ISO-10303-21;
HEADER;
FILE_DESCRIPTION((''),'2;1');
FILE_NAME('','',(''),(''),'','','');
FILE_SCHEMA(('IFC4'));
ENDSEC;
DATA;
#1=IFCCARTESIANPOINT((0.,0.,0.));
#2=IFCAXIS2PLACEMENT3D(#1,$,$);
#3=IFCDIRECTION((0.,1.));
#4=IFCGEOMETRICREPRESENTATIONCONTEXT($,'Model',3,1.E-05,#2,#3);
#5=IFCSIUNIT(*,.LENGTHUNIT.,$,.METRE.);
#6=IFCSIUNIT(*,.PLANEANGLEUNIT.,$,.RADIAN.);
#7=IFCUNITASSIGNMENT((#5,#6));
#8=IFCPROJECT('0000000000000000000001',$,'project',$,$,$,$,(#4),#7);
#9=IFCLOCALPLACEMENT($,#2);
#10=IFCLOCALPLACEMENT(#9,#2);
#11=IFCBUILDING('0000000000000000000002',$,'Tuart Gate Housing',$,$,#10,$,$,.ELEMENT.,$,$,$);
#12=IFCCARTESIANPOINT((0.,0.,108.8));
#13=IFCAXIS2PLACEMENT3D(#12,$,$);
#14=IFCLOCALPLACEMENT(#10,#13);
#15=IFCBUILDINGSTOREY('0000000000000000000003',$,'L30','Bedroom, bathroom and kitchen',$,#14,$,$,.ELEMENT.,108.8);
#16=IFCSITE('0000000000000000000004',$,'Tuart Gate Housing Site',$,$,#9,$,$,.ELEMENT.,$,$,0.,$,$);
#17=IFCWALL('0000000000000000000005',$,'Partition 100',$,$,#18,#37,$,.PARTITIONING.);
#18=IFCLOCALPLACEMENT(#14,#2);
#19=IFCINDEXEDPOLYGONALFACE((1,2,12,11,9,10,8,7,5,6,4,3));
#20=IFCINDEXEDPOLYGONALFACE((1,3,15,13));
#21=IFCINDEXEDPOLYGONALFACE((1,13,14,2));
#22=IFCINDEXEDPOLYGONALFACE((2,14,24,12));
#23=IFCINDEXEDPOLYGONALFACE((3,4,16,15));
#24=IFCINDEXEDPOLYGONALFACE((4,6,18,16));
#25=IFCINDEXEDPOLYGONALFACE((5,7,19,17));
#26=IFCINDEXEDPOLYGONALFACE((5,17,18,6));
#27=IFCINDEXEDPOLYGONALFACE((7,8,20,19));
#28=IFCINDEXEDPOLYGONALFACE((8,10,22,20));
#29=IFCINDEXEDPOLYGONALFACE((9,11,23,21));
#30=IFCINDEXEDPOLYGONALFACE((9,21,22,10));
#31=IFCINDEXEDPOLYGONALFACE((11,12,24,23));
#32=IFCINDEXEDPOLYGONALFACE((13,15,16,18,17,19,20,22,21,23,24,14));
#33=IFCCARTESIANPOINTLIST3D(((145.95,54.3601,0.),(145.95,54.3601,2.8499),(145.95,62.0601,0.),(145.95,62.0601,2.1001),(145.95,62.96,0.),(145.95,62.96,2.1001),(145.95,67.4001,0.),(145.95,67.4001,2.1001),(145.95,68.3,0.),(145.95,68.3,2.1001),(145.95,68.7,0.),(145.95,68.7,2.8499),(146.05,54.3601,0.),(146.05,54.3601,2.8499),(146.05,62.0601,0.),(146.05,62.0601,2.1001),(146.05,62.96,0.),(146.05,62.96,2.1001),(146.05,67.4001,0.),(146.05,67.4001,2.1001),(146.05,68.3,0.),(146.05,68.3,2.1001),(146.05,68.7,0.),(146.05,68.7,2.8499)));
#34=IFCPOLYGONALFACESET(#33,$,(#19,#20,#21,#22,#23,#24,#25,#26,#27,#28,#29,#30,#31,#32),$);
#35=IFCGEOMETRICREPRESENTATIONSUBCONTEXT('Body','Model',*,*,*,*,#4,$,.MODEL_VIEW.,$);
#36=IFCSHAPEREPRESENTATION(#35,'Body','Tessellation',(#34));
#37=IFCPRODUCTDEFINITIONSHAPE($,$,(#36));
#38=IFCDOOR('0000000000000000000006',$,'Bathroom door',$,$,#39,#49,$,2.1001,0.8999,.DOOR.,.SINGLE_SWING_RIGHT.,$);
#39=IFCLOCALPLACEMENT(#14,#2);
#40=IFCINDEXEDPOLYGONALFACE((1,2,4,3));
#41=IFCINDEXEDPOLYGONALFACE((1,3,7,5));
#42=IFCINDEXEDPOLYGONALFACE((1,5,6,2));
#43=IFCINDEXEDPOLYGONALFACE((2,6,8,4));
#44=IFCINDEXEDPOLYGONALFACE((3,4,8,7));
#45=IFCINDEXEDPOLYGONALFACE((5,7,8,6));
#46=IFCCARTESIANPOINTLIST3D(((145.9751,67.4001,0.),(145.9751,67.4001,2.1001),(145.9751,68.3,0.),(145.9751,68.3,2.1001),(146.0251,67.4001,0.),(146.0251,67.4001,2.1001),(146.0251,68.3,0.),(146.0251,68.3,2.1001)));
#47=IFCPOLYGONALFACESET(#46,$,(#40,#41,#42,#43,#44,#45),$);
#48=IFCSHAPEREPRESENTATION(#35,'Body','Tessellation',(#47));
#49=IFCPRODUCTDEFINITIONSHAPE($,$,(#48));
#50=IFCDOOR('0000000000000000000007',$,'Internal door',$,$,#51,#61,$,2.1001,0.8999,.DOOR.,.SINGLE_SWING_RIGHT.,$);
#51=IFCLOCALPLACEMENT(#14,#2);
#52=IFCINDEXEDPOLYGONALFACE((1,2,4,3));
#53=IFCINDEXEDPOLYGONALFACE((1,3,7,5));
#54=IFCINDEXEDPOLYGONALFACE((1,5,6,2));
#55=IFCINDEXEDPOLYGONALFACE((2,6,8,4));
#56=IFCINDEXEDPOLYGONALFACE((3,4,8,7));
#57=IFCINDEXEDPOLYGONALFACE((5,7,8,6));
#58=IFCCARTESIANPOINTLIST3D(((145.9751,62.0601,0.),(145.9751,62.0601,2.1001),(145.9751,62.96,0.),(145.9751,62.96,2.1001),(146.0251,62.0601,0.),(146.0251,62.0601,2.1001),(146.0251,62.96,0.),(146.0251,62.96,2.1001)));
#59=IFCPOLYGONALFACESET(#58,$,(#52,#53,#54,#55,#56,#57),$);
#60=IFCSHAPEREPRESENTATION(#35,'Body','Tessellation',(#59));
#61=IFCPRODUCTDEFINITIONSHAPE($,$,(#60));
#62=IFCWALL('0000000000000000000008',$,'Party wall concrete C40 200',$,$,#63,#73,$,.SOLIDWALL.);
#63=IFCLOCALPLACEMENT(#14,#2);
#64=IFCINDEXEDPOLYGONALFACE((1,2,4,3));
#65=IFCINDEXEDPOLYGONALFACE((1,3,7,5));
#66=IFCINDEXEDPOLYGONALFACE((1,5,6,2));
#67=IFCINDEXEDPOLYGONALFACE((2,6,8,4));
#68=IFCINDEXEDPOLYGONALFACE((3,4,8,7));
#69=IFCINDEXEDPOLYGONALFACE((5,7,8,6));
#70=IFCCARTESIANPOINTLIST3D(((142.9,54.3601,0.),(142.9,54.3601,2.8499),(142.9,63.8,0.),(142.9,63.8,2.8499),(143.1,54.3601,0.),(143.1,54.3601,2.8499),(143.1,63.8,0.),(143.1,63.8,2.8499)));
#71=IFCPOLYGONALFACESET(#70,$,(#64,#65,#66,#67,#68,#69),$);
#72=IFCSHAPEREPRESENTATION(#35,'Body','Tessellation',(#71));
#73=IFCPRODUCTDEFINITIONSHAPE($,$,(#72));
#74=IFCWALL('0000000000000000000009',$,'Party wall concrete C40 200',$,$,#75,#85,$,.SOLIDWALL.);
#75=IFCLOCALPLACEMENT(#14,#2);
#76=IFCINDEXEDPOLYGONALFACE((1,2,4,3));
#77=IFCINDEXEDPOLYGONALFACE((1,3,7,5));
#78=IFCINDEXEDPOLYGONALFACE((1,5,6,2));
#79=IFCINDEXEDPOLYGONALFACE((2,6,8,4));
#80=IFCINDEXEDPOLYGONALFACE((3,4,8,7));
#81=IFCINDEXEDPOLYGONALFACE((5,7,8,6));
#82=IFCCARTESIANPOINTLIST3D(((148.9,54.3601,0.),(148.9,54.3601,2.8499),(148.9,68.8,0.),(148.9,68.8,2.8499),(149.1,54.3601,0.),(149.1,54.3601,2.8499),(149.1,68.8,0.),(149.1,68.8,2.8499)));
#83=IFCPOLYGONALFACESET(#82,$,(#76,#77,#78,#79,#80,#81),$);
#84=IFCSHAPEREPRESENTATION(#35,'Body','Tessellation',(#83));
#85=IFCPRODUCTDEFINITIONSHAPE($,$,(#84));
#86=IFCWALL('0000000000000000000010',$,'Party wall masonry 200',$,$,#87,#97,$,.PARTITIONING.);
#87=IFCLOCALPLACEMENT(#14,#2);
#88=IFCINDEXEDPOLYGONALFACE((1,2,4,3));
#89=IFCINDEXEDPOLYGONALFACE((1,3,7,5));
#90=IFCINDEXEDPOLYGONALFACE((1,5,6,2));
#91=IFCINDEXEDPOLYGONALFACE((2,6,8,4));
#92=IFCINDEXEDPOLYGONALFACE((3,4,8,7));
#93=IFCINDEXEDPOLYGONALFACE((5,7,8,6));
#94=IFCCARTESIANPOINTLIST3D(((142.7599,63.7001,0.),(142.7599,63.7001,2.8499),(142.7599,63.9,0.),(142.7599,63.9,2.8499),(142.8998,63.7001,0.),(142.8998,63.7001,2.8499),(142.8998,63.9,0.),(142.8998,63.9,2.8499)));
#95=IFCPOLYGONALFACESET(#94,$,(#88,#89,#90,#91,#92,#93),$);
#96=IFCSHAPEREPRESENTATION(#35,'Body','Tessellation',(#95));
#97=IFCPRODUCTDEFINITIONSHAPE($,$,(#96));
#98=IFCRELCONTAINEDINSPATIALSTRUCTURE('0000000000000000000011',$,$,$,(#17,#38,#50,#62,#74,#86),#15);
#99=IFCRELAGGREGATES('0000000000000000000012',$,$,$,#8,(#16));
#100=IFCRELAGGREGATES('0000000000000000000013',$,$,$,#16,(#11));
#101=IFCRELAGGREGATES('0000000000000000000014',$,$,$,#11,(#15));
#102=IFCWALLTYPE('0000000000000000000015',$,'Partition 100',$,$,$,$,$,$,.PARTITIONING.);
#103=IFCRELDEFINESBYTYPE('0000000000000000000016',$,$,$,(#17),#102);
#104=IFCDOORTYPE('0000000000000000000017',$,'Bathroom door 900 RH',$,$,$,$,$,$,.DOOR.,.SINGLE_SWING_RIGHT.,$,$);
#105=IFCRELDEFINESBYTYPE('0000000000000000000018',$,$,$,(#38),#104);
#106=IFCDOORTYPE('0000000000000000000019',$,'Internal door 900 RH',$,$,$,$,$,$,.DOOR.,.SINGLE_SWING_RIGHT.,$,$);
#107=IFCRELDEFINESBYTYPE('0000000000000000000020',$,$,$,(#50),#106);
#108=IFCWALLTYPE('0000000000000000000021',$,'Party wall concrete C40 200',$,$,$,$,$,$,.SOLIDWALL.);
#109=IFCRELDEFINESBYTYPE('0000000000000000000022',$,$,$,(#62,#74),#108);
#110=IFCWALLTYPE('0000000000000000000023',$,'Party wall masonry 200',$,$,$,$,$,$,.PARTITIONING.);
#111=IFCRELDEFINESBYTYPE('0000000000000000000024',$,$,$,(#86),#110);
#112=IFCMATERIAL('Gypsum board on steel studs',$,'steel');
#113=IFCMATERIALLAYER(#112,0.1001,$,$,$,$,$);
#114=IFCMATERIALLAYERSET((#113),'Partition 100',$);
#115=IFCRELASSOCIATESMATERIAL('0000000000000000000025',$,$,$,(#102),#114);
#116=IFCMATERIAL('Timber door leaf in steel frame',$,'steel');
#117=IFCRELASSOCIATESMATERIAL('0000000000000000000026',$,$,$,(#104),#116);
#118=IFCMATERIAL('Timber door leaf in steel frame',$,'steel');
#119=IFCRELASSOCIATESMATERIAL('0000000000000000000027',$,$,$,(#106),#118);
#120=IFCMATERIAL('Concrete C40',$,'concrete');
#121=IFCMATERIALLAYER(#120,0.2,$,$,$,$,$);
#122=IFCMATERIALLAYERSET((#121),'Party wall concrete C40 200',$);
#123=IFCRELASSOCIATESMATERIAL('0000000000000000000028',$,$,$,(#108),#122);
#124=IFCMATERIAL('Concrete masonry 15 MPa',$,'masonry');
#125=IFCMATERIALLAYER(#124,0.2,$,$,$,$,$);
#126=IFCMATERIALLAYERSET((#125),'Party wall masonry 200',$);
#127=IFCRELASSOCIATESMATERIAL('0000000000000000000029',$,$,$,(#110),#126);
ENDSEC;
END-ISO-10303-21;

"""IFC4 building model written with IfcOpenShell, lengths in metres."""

from ifc_helpers import new_model, si_unit, direction, frame, frame_2d, origin, place, context, subcontext, project, spatial, rectangle, extrude, material, layer, layer_set, type_object, element, fill, save


model = new_model("IFC4")

# Units and contexts
model_context = context("Model", 3, precision=1e-05, world=origin(), true_north=direction((0.0, 1.0)))
body_context = subcontext(model_context, "Body", "Model", "MODEL_VIEW")
ifc_project = project(units=[si_unit("LENGTHUNIT", "METRE"), si_unit("PLANEANGLEUNIT", "RADIAN")], contexts=[model_context])

# Site, building, storey
site_placement = place(None, origin())
site = spatial("IfcSite", under=ifc_project, at=site_placement, Name="Tuart Gate Housing Site", CompositionType="ELEMENT", RefElevation=0.0)
building_placement = place(site_placement, origin())
building = spatial("IfcBuilding", under=site, at=building_placement, Name="Tuart Gate Housing", CompositionType="ELEMENT")
storey_placement = place(building_placement, frame((0.0, 0.0, 108.8)))
storey = spatial("IfcBuildingStorey", under=building, at=storey_placement, Name="L30", Description="Bedroom, bathroom and kitchen", CompositionType="ELEMENT", Elevation=108.8)

# Shared definitions
ifc_material_1 = material(Name="Gypsum board on steel studs", Category="steel")
ifc_layer_1 = layer(ifc_material_1, 0.1001)
ifc_layer_set_1 = layer_set([ifc_layer_1], Name="Partition 100")
wall_type_1 = type_object("IfcWallType", Name="Partition 100", PredefinedType="PARTITIONING", material=ifc_layer_set_1)

# Wall, openings, doors
wall_1_placement = place(storey_placement, frame((146.0, 54.3601, 0.0), z_axis=(0.0, 0.0, 1.0), x_axis=(0.0, 1.0, 0.0)))
wall_1 = element("IfcWall", 1, at=wall_1_placement, inside=storey, type_object=wall_type_1, Name="Partition 100", PredefinedType="PARTITIONING", context=body_context, shape_type="SweptSolid", body=[
    extrude(rectangle(XDim=14.3398, YDim=0.1001, at=frame_2d((7.1699, 0.0))), origin(), (0.0, 0.0, 1.0), 2.8499),
])
opening_1_placement = place(wall_1_placement, frame((7.7, 0.0, 0.0)))
opening_1 = element("IfcOpeningElement", 2, at=opening_1_placement, cuts=wall_1, PredefinedType="OPENING", context=body_context, shape_type="SweptSolid", body=[
    extrude(rectangle(XDim=0.8999, YDim=2.1001, at=frame_2d((0.45, 1.05))), frame((0.0, 0.0601, 0.0), z_axis=(0.0, -1.0, 0.0), x_axis=(1.0, 0.0, 0.0)), (0.0, 0.0, 1.0), 0.1201),
])
opening_2_placement = place(wall_1_placement, frame((13.04, 0.0, 0.0)))
opening_2 = element("IfcOpeningElement", 3, at=opening_2_placement, cuts=wall_1, PredefinedType="OPENING", context=body_context, shape_type="SweptSolid", body=[
    extrude(rectangle(XDim=0.8999, YDim=2.1001, at=frame_2d((0.45, 1.05))), frame((0.0, 0.0601, 0.0), z_axis=(0.0, -1.0, 0.0), x_axis=(1.0, 0.0, 0.0)), (0.0, 0.0, 1.0), 0.1201),
])
ifc_material_2 = material(Name="Timber door leaf in steel frame", Category="steel")
door_type_1 = type_object("IfcDoorType", Name="Bathroom door 900 RH", OperationType="SINGLE_SWING_RIGHT", PredefinedType="DOOR", material=ifc_material_2)
door_1_placement = place(opening_2_placement, origin())
door_1 = element("IfcDoor", 4, at=door_1_placement, inside=storey, type_object=door_type_1, Name="Bathroom door", OperationType="SINGLE_SWING_RIGHT", OverallHeight=2.1001, OverallWidth=0.8999, PredefinedType="DOOR", context=body_context, shape_type="SweptSolid", body=[
    extrude(rectangle(XDim=0.8999, YDim=2.1001, at=frame_2d((0.45, 1.05))), frame((0.0, 0.0249, 0.0), z_axis=(0.0, -1.0, 0.0), x_axis=(1.0, 0.0, 0.0)), (0.0, 0.0, 1.0), 0.05),
])
fill(opening_2, door_1)
ifc_material_3 = material(Name="Timber door leaf in steel frame", Category="steel")
door_type_2 = type_object("IfcDoorType", Name="Internal door 900 RH", OperationType="SINGLE_SWING_RIGHT", PredefinedType="DOOR", material=ifc_material_3)
door_2_placement = place(opening_1_placement, origin())
door_2 = element("IfcDoor", 5, at=door_2_placement, inside=storey, type_object=door_type_2, Name="Internal door", OperationType="SINGLE_SWING_RIGHT", OverallHeight=2.1001, OverallWidth=0.8999, PredefinedType="DOOR", context=body_context, shape_type="SweptSolid", body=[
    extrude(rectangle(XDim=0.8999, YDim=2.1001, at=frame_2d((0.45, 1.05))), frame((0.0, 0.0249, 0.0), z_axis=(0.0, -1.0, 0.0), x_axis=(1.0, 0.0, 0.0)), (0.0, 0.0, 1.0), 0.05),
])
fill(opening_1, door_2)

# Walls
ifc_material_4 = material(Name="Concrete C40", Category="concrete")
ifc_layer_2 = layer(ifc_material_4, 0.2)
ifc_layer_set_2 = layer_set([ifc_layer_2], Name="Party wall concrete C40 200")
wall_type_2 = type_object("IfcWallType", Name="Party wall concrete C40 200", PredefinedType="SOLIDWALL", material=ifc_layer_set_2)
wall_2_placement = place(storey_placement, frame((143.0, 54.3601, 0.0), z_axis=(0.0, 0.0, 1.0), x_axis=(0.0, 1.0, 0.0)))
element("IfcWall", 6, at=wall_2_placement, inside=storey, type_object=wall_type_2, Name="Party wall concrete C40 200", PredefinedType="SOLIDWALL", context=body_context, shape_type="SweptSolid", body=[
    extrude(rectangle(XDim=9.4399, YDim=0.2, at=frame_2d((4.72, 0.0))), origin(), (0.0, 0.0, 1.0), 2.8499),
])
wall_3_placement = place(storey_placement, frame((149.0, 54.3601, 0.0), z_axis=(0.0, 0.0, 1.0), x_axis=(0.0, 1.0, 0.0)))
element("IfcWall", 7, at=wall_3_placement, inside=storey, type_object=wall_type_2, Name="Party wall concrete C40 200", PredefinedType="SOLIDWALL", context=body_context, shape_type="SweptSolid", body=[
    extrude(rectangle(XDim=14.4399, YDim=0.2, at=frame_2d((7.22, 0.0))), origin(), (0.0, 0.0, 1.0), 2.8499),
])
ifc_material_5 = material(Name="Concrete masonry 15 MPa", Category="masonry")
ifc_layer_3 = layer(ifc_material_5, 0.2)
ifc_layer_set_3 = layer_set([ifc_layer_3], Name="Party wall masonry 200")
wall_type_3 = type_object("IfcWallType", Name="Party wall masonry 200", PredefinedType="PARTITIONING", material=ifc_layer_set_3)
wall_4_placement = place(storey_placement, frame((142.76, 63.8, 0.0), z_axis=(0.0, 0.0, 1.0), x_axis=(1.0, 0.0, 0.0)))
element("IfcWall", 8, at=wall_4_placement, inside=storey, type_object=wall_type_3, Name="Party wall masonry 200", PredefinedType="PARTITIONING", context=body_context, shape_type="SweptSolid", body=[
    extrude(rectangle(XDim=0.1399, YDim=0.2, at=frame_2d((0.0698, 0.0))), origin(), (0.0, 0.0, 1.0), 2.8499),
])

save(model, "model.ifc")
